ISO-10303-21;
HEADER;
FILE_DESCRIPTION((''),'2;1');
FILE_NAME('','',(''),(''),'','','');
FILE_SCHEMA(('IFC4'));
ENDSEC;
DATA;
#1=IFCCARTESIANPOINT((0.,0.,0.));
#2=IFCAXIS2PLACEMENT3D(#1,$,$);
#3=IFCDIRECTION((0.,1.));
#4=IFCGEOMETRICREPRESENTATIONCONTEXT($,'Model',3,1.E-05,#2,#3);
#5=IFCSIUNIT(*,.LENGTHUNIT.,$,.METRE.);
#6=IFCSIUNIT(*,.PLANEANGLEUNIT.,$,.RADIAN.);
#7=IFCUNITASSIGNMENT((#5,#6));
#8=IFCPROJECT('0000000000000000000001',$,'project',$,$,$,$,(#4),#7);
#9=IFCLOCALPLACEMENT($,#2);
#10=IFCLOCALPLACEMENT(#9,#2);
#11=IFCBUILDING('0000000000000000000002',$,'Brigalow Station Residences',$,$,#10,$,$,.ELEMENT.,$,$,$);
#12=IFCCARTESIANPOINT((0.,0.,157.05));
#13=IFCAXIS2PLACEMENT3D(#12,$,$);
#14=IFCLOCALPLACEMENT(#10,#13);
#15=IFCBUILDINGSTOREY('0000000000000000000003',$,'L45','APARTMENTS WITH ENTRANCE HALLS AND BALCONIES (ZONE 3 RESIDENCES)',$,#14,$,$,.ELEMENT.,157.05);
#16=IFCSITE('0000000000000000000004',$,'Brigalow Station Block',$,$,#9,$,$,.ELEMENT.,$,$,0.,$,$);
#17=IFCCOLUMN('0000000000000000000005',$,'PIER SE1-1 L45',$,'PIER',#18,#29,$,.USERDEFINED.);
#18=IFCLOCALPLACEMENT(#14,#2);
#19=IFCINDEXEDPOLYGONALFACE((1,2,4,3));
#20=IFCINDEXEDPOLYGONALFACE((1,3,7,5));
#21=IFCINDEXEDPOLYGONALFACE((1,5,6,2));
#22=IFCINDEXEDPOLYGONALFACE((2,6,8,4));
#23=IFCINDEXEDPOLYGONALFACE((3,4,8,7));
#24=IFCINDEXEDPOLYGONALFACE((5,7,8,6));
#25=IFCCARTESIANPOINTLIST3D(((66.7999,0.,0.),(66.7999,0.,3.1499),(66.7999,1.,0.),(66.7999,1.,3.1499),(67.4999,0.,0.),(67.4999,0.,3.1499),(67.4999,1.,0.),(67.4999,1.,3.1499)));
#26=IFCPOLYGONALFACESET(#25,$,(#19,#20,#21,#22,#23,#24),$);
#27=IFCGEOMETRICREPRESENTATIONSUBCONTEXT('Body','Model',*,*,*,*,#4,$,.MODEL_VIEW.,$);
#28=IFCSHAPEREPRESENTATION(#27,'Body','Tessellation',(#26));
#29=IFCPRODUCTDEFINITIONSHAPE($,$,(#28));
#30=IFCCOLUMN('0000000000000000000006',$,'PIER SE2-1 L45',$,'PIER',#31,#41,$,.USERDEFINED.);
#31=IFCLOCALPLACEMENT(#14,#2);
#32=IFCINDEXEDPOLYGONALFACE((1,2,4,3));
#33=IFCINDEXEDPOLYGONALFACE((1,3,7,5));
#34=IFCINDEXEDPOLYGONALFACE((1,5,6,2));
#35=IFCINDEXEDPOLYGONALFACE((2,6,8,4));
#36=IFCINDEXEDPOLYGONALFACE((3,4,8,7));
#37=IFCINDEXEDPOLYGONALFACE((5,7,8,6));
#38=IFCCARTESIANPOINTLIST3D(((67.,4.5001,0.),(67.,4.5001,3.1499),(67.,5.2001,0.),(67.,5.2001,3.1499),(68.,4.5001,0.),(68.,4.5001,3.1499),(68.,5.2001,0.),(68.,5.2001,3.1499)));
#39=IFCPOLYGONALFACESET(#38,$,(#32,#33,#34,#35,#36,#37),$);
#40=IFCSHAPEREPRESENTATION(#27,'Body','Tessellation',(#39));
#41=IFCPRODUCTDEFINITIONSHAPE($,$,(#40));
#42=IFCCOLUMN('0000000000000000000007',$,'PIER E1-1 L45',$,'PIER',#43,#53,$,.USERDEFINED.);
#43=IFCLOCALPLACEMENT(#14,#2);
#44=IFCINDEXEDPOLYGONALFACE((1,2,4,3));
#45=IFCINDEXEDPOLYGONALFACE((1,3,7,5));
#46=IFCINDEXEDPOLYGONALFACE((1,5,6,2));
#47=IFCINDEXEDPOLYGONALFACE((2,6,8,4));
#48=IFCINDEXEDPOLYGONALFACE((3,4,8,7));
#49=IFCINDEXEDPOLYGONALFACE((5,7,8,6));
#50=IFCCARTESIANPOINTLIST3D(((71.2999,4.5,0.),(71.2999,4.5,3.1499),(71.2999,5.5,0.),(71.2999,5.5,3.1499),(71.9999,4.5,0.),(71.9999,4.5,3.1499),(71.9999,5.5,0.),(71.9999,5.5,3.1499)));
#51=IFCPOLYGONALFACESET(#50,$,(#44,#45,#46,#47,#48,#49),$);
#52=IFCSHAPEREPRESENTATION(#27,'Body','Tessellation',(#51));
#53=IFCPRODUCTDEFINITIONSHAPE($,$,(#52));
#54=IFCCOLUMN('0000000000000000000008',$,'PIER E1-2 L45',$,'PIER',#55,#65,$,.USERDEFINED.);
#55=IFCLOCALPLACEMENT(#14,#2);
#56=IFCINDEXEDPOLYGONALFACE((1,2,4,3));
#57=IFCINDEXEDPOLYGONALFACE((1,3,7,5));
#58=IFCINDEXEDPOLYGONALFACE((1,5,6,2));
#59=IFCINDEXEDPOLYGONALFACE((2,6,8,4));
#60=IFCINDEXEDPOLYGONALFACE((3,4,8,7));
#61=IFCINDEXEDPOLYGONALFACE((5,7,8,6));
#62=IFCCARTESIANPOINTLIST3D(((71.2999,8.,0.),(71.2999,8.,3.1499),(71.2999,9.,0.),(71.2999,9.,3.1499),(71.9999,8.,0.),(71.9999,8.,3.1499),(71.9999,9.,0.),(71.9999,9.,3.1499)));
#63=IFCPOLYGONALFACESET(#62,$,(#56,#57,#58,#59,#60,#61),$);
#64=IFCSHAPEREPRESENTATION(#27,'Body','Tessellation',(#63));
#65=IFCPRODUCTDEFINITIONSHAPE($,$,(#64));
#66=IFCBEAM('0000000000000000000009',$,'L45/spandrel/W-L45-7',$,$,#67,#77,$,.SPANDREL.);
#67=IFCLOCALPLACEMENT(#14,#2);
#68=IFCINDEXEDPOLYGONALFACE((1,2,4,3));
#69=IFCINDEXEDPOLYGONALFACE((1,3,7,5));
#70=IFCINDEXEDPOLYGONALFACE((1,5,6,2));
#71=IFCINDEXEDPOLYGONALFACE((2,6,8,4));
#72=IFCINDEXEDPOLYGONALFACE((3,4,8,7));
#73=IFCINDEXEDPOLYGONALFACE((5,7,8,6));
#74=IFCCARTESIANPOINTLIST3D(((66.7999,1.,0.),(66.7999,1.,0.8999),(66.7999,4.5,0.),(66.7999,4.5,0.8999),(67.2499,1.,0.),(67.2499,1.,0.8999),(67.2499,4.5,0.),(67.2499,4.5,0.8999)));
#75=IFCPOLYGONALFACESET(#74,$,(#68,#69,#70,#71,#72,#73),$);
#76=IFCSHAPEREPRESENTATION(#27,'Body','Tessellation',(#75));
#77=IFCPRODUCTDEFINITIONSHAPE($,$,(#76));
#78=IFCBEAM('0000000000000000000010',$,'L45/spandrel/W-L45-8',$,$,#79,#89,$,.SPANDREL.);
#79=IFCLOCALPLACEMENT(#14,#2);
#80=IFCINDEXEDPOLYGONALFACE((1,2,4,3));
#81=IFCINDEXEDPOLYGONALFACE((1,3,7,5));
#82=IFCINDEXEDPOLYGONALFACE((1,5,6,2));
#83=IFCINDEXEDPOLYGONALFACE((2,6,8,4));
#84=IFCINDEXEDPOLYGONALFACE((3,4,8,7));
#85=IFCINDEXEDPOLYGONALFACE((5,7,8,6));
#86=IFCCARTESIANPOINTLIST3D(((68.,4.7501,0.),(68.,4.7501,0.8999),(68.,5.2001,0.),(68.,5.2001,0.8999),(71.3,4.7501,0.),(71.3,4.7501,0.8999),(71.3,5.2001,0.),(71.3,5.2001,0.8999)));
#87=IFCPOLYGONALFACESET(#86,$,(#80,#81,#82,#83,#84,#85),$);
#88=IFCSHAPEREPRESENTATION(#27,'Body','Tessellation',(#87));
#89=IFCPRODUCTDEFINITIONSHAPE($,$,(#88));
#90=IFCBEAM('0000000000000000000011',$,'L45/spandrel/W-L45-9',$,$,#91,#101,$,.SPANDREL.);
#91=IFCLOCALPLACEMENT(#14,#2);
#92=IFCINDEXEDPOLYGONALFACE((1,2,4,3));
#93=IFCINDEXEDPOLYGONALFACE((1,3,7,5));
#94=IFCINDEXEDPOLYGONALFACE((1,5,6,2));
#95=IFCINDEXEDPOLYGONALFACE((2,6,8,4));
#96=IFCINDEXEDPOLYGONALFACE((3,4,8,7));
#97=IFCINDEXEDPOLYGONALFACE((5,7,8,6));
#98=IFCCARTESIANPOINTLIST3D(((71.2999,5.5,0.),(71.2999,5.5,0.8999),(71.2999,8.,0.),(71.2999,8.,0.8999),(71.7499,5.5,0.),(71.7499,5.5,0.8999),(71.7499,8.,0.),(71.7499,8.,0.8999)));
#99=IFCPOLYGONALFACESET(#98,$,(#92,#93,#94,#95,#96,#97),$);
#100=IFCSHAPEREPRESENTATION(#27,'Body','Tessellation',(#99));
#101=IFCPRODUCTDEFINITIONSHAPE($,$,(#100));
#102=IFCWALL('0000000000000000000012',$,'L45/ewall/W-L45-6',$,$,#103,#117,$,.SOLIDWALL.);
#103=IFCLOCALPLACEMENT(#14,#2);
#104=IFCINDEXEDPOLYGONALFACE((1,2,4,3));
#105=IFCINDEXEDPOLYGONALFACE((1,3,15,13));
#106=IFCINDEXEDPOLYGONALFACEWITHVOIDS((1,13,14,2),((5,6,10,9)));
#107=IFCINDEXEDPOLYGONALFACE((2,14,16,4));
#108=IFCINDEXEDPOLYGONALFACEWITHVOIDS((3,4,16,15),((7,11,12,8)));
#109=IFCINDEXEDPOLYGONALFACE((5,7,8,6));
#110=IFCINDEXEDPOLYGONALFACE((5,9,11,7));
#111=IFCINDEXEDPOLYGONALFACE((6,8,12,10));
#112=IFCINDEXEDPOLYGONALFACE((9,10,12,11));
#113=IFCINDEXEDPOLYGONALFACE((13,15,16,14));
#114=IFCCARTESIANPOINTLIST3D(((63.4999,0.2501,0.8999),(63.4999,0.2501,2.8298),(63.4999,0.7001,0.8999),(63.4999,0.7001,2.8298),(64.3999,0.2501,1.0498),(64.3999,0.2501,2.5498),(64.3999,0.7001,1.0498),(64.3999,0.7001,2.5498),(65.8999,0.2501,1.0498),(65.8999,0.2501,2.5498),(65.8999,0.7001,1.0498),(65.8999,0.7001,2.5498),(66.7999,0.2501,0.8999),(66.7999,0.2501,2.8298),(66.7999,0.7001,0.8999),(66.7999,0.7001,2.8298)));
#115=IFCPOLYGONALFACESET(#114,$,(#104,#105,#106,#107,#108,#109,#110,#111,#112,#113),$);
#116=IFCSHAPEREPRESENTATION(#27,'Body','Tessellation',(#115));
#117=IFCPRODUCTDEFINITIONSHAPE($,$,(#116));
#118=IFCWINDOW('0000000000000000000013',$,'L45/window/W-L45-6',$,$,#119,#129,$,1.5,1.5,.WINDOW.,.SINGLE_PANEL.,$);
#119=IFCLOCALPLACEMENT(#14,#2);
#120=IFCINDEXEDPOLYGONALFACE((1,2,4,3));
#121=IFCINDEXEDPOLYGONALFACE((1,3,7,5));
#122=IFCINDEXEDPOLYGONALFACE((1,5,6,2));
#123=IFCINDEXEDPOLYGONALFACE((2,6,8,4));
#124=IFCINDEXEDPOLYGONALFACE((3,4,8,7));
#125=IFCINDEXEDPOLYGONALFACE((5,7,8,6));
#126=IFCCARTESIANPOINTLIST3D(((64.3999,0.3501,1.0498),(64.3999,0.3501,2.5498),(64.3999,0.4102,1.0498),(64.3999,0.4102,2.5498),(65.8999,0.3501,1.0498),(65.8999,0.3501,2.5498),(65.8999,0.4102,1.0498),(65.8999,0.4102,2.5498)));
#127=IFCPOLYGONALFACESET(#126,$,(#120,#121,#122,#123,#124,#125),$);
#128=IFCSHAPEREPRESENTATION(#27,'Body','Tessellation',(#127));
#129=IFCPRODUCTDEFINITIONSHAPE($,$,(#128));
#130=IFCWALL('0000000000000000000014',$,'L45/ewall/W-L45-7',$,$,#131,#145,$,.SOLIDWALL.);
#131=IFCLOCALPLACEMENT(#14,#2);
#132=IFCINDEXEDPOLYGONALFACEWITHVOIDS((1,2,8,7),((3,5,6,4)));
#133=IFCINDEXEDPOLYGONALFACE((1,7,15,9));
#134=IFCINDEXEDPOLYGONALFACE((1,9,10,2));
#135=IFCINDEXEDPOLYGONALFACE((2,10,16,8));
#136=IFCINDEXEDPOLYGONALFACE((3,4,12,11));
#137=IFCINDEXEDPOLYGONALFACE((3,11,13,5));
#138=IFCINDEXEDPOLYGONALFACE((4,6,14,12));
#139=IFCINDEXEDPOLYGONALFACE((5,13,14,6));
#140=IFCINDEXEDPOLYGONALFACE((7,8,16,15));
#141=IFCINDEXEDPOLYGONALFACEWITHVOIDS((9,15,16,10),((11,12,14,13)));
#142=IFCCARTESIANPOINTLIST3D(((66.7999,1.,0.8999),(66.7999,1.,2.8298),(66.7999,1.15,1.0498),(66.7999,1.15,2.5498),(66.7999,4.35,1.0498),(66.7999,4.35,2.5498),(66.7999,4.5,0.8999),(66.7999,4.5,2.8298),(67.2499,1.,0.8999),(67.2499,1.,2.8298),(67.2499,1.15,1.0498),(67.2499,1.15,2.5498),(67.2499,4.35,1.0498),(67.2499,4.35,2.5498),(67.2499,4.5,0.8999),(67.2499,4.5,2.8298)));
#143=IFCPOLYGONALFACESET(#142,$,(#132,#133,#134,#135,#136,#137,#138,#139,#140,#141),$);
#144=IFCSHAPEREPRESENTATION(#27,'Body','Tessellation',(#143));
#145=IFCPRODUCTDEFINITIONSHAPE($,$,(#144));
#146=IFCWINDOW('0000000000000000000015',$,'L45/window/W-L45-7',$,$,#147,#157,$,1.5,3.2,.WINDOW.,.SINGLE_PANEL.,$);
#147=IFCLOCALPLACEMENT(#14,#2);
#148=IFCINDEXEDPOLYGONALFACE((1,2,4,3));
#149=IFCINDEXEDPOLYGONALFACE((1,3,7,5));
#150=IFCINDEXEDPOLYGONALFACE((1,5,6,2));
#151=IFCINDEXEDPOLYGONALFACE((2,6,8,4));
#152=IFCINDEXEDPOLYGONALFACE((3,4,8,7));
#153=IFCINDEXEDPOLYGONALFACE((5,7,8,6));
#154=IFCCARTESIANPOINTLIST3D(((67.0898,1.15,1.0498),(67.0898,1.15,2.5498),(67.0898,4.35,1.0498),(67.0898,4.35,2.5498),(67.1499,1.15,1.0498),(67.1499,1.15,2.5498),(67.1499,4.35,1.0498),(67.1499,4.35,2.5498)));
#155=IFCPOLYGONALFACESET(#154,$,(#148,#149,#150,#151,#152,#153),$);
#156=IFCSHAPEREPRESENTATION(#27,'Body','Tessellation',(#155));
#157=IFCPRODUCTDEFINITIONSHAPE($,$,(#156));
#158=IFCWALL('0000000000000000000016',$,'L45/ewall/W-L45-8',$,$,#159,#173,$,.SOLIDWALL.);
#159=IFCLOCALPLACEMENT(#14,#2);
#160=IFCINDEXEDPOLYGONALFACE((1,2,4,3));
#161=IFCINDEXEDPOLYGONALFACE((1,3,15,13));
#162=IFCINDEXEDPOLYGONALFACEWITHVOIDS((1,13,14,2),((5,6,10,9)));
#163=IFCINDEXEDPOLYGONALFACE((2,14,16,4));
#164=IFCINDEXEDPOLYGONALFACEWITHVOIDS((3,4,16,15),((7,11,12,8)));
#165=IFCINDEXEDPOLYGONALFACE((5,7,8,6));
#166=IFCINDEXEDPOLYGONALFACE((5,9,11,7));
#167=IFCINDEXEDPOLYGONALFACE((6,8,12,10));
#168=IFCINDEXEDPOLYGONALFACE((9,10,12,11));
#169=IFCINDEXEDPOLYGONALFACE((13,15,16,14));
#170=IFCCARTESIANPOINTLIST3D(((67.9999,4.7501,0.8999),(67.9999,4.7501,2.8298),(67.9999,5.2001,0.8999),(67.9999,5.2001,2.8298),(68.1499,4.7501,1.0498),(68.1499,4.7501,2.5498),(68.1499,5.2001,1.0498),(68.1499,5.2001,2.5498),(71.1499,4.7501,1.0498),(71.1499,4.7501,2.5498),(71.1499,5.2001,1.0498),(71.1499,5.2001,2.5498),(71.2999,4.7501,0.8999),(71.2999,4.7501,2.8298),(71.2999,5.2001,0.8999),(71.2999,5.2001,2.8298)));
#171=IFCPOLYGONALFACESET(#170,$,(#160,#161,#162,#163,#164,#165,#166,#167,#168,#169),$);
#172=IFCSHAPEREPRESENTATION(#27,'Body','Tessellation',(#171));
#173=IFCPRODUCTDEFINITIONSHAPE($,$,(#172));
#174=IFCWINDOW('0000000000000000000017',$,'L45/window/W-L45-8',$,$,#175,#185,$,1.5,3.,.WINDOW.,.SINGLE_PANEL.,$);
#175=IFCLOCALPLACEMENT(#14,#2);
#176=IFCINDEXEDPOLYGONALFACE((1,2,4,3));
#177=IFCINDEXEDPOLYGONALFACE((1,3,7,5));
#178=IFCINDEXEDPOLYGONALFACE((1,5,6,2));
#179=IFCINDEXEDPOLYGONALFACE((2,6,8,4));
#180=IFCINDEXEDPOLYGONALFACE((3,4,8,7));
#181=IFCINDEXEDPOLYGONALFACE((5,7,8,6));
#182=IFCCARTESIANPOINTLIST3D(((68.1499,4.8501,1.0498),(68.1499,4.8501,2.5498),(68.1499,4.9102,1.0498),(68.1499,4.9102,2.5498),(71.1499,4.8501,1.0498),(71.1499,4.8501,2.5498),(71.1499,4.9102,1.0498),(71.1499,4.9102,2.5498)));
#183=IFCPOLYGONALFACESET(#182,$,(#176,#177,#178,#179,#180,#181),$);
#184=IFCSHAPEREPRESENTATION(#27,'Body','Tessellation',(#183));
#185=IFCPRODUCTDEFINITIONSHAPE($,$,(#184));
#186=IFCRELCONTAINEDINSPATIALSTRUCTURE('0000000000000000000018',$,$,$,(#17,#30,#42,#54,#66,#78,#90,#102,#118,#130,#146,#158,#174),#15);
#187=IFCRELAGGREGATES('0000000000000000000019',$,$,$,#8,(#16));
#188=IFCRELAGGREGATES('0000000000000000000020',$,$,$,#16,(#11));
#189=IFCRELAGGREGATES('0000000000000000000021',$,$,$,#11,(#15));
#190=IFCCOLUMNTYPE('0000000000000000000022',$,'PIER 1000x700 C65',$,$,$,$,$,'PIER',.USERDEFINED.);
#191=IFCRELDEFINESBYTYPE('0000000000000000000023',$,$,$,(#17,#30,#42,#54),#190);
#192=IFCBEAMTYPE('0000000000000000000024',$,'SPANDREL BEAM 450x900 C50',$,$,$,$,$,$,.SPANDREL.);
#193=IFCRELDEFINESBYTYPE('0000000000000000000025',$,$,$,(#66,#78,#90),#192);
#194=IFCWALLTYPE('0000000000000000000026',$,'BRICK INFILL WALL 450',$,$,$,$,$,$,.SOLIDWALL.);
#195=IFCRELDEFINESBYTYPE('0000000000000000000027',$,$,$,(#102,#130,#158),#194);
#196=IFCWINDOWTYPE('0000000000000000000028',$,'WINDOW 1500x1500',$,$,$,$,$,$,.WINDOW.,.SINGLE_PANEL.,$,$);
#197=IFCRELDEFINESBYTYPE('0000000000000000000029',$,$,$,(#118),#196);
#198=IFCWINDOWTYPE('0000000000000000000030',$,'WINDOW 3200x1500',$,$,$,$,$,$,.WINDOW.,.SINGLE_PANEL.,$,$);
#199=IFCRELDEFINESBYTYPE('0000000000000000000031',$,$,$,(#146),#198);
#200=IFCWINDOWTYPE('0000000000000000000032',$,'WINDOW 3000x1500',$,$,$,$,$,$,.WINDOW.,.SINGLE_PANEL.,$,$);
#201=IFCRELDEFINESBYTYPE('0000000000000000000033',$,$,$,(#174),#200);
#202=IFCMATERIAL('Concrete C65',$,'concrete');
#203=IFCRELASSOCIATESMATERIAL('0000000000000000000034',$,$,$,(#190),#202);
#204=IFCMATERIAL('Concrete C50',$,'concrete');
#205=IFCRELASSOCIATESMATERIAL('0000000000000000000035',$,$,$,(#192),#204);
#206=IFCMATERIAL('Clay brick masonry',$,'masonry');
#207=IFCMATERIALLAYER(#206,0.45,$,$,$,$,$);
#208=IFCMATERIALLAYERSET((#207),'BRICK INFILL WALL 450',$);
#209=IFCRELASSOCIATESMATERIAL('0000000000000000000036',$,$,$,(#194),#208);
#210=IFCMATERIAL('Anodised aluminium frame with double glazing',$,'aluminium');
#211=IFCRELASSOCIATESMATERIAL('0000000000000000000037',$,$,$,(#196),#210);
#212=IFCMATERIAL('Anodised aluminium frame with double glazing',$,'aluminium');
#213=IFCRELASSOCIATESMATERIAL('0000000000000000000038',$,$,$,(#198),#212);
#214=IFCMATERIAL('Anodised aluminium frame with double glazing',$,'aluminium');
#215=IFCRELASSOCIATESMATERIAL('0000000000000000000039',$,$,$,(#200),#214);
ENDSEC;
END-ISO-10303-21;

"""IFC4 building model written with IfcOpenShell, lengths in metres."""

from ifc_helpers import new_model, si_unit, direction, frame, frame_2d, origin, origin_2d, place, context, subcontext, project, spatial, rectangle, extrude, material, layer, layer_set, material_profile, profile_set, type_object, element, fill, save


model = new_model("IFC4")

# Units and contexts
model_context = context("Model", 3, precision=1e-05, world=origin(), true_north=direction((0.0, 1.0)))
body_context = subcontext(model_context, "Body", "Model", "MODEL_VIEW")
ifc_project = project(units=[si_unit("LENGTHUNIT", "METRE"), si_unit("PLANEANGLEUNIT", "RADIAN")], contexts=[model_context])

# Site, building, storey
site_placement = place(None, origin())
site = spatial("IfcSite", under=ifc_project, at=site_placement, Name="Brigalow Station Block", CompositionType="ELEMENT", RefElevation=0.0)
building_placement = place(site_placement, origin())
building = spatial("IfcBuilding", under=site, at=building_placement, Name="Brigalow Station Residences", CompositionType="ELEMENT")
storey_placement = place(building_placement, frame((0.0, 0.0, 157.05)))
storey = spatial("IfcBuildingStorey", under=building, at=storey_placement, Name="L45", Description="APARTMENTS WITH ENTRANCE HALLS AND BALCONIES (ZONE 3 RESIDENCES)", CompositionType="ELEMENT", Elevation=157.05)

# Columns
ifc_material_1 = material(Name="Concrete C65", Category="concrete")
ifc_material_profile_1 = material_profile(ifc_material_1, rectangle(XDim=1.0, YDim=0.7, at=origin_2d()), Name="RC1000x700")
ifc_profile_set_1 = profile_set([ifc_material_profile_1], Name="Concrete C65")
column_type = type_object("IfcColumnType", Name="PIER 1000x700 C65", ElementType="PIER", PredefinedType="USERDEFINED", material=ifc_profile_set_1)
for number, where, z_axis, x_axis, name in (
    (1, (67.1499, 0.5, 0.0), (0.0, 0.0, 1.0), (0.0, 1.0, 0.0), "PIER SE1-1 L45"),
    (2, (67.5, 4.8501, 0.0), (0.0, 0.0, 1.0), (1.0, 0.0, 0.0), "PIER SE2-1 L45"),
    (3, (71.6499, 5.0, 0.0), (0.0, 0.0, 1.0), (0.0, 1.0, 0.0), "PIER E1-1 L45"),
    (4, (71.6499, 8.5, 0.0), (0.0, 0.0, 1.0), (0.0, 1.0, 0.0), "PIER E1-2 L45"),
):
    element("IfcColumn", number, at=place(storey_placement, frame(where, z_axis=z_axis, x_axis=x_axis)), inside=storey, type_object=column_type, Name=name, ObjectType="PIER", PredefinedType="USERDEFINED", context=body_context, shape_type="SweptSolid", body=[
        extrude(rectangle(XDim=1.0, YDim=0.7, at=origin_2d()), origin(), (0.0, 0.0, 1.0), 3.1499),
    ])

# Beams
ifc_material_2 = material(Name="Concrete C50", Category="concrete")
ifc_material_profile_2 = material_profile(ifc_material_2, rectangle(XDim=0.45, YDim=0.8999, at=origin_2d()), Name="RC450x900")
ifc_profile_set_2 = profile_set([ifc_material_profile_2], Name="Concrete C50")
beam_type = type_object("IfcBeamType", Name="SPANDREL BEAM 450x900 C50", PredefinedType="SPANDREL", material=ifc_profile_set_2)
beam_1_placement = place(storey_placement, frame((67.0249, 1.0, 0.45), z_axis=(0.0, 1.0, 0.0), x_axis=(-1.0, 0.0, 0.0)))
element("IfcBeam", 5, at=beam_1_placement, inside=storey, type_object=beam_type, Name="L45/spandrel/W-L45-7", PredefinedType="SPANDREL", context=body_context, shape_type="SweptSolid", body=[
    extrude(rectangle(XDim=0.45, YDim=0.8999, at=origin_2d()), origin(), (0.0, 0.0, 1.0), 3.5),
])
beam_2_placement = place(storey_placement, frame((68.0, 4.9751, 0.45), z_axis=(1.0, 0.0, 0.0), x_axis=(0.0, 1.0, 0.0)))
element("IfcBeam", 6, at=beam_2_placement, inside=storey, type_object=beam_type, Name="L45/spandrel/W-L45-8", PredefinedType="SPANDREL", context=body_context, shape_type="SweptSolid", body=[
    extrude(rectangle(XDim=0.45, YDim=0.8999, at=origin_2d()), origin(), (0.0, 0.0, 1.0), 3.3),
])
beam_3_placement = place(storey_placement, frame((71.5249, 5.5, 0.45), z_axis=(0.0, 1.0, 0.0), x_axis=(-1.0, 0.0, 0.0)))
element("IfcBeam", 7, at=beam_3_placement, inside=storey, type_object=beam_type, Name="L45/spandrel/W-L45-9", PredefinedType="SPANDREL", context=body_context, shape_type="SweptSolid", body=[
    extrude(rectangle(XDim=0.45, YDim=0.8999, at=origin_2d()), origin(), (0.0, 0.0, 1.0), 2.5),
])

# Walls, openings, windows
ifc_material_3 = material(Name="Clay brick masonry", Category="masonry")
ifc_layer_1 = layer(ifc_material_3, 0.45)
ifc_layer_set_1 = layer_set([ifc_layer_1], Name="BRICK INFILL WALL 450")
wall_type_1 = type_object("IfcWallType", Name="BRICK INFILL WALL 450", PredefinedType="SOLIDWALL", material=ifc_layer_set_1)
wall_1_placement = place(storey_placement, frame((63.5, 0.4751, 0.8999), z_axis=(0.0, 0.0, 1.0), x_axis=(1.0, 0.0, 0.0)))
wall_1 = element("IfcWall", 8, at=wall_1_placement, inside=storey, type_object=wall_type_1, Name="L45/ewall/W-L45-6", PredefinedType="SOLIDWALL", context=body_context, shape_type="SweptSolid", body=[
    extrude(rectangle(XDim=3.3, YDim=0.45, at=frame_2d((1.6499, 0.0))), origin(), (0.0, 0.0, 1.0), 1.9299),
])
opening_1_placement = place(wall_1_placement, frame((0.8999, 0.0, 0.1499)))
opening_1 = element("IfcOpeningElement", 9, at=opening_1_placement, cuts=wall_1, PredefinedType="OPENING", context=body_context, shape_type="SweptSolid", body=[
    extrude(rectangle(XDim=1.5, YDim=1.5, at=frame_2d((0.75, 0.75))), frame((0.0, 0.2349, 0.0), z_axis=(0.0, -1.0, 0.0), x_axis=(1.0, 0.0, 0.0)), (0.0, 0.0, 1.0), 0.47),
])
ifc_material_4 = material(Name="Anodised aluminium frame with double glazing", Category="aluminium")
window_type_1 = type_object("IfcWindowType", Name="WINDOW 1500x1500", PartitioningType="SINGLE_PANEL", PredefinedType="WINDOW", material=ifc_material_4)
window_1_placement = place(opening_1_placement, origin())
window_1 = element("IfcWindow", 10, at=window_1_placement, inside=storey, type_object=window_type_1, Name="L45/window/W-L45-6", OverallHeight=1.5, OverallWidth=1.5, PartitioningType="SINGLE_PANEL", PredefinedType="WINDOW", context=body_context, shape_type="SweptSolid", body=[
    extrude(rectangle(XDim=1.5, YDim=1.5, at=frame_2d((0.75, 0.75))), frame((0.0, -0.0649, 0.0), z_axis=(0.0, -1.0, 0.0), x_axis=(1.0, 0.0, 0.0)), (0.0, 0.0, 1.0), 0.0601),
])
fill(opening_1, window_1)
wall_2_placement = place(storey_placement, frame((67.0249, 1.0, 0.8999), z_axis=(0.0, 0.0, 1.0), x_axis=(0.0, 1.0, 0.0)))
wall_2 = element("IfcWall", 11, at=wall_2_placement, inside=storey, type_object=wall_type_1, Name="L45/ewall/W-L45-7", PredefinedType="SOLIDWALL", context=body_context, shape_type="SweptSolid", body=[
    extrude(rectangle(XDim=3.5, YDim=0.45, at=frame_2d((1.75, 0.0))), origin(), (0.0, 0.0, 1.0), 1.9299),
])
opening_2_placement = place(wall_2_placement, frame((0.1499, 0.0, 0.1499)))
opening_2 = element("IfcOpeningElement", 12, at=opening_2_placement, cuts=wall_2, PredefinedType="OPENING", context=body_context, shape_type="SweptSolid", body=[
    extrude(rectangle(XDim=3.2, YDim=1.5, at=frame_2d((1.6001, 0.75))), frame((0.0, 0.2349, 0.0), z_axis=(0.0, -1.0, 0.0), x_axis=(1.0, 0.0, 0.0)), (0.0, 0.0, 1.0), 0.47),
])
ifc_material_5 = material(Name="Anodised aluminium frame with double glazing", Category="aluminium")
window_type_2 = type_object("IfcWindowType", Name="WINDOW 3200x1500", PartitioningType="SINGLE_PANEL", PredefinedType="WINDOW", material=ifc_material_5)
window_2_placement = place(opening_2_placement, origin())
window_2 = element("IfcWindow", 13, at=window_2_placement, inside=storey, type_object=window_type_2, Name="L45/window/W-L45-7", OverallHeight=1.5, OverallWidth=3.2, PartitioningType="SINGLE_PANEL", PredefinedType="WINDOW", context=body_context, shape_type="SweptSolid", body=[
    extrude(rectangle(XDim=3.2, YDim=1.5, at=frame_2d((1.6001, 0.75))), frame((0.0, -0.0649, 0.0), z_axis=(0.0, -1.0, 0.0), x_axis=(1.0, 0.0, 0.0)), (0.0, 0.0, 1.0), 0.0601),
])
fill(opening_2, window_2)
wall_3_placement = place(storey_placement, frame((68.0, 4.9751, 0.8999), z_axis=(0.0, 0.0, 1.0), x_axis=(1.0, 0.0, 0.0)))
wall_3 = element("IfcWall", 14, at=wall_3_placement, inside=storey, type_object=wall_type_1, Name="L45/ewall/W-L45-8", PredefinedType="SOLIDWALL", context=body_context, shape_type="SweptSolid", body=[
    extrude(rectangle(XDim=3.3, YDim=0.45, at=frame_2d((1.6499, 0.0))), origin(), (0.0, 0.0, 1.0), 1.9299),
])
opening_3_placement = place(wall_3_placement, frame((0.1499, 0.0, 0.1499)))
opening_3 = element("IfcOpeningElement", 15, at=opening_3_placement, cuts=wall_3, PredefinedType="OPENING", context=body_context, shape_type="SweptSolid", body=[
    extrude(rectangle(XDim=3.0, YDim=1.5, at=frame_2d((1.5, 0.75))), frame((0.0, 0.2349, 0.0), z_axis=(0.0, -1.0, 0.0), x_axis=(1.0, 0.0, 0.0)), (0.0, 0.0, 1.0), 0.47),
])
ifc_material_6 = material(Name="Anodised aluminium frame with double glazing", Category="aluminium")
window_type_3 = type_object("IfcWindowType", Name="WINDOW 3000x1500", PartitioningType="SINGLE_PANEL", PredefinedType="WINDOW", material=ifc_material_6)
window_3_placement = place(opening_3_placement, origin())
window_3 = element("IfcWindow", 16, at=window_3_placement, inside=storey, type_object=window_type_3, Name="L45/window/W-L45-8", OverallHeight=1.5, OverallWidth=3.0, PartitioningType="SINGLE_PANEL", PredefinedType="WINDOW", context=body_context, shape_type="SweptSolid", body=[
    extrude(rectangle(XDim=3.0, YDim=1.5, at=frame_2d((1.5, 0.75))), frame((0.0, -0.0649, 0.0), z_axis=(0.0, -1.0, 0.0), x_axis=(1.0, 0.0, 0.0)), (0.0, 0.0, 1.0), 0.0601),
])
fill(opening_3, window_3)

save(model, "model.ifc")
